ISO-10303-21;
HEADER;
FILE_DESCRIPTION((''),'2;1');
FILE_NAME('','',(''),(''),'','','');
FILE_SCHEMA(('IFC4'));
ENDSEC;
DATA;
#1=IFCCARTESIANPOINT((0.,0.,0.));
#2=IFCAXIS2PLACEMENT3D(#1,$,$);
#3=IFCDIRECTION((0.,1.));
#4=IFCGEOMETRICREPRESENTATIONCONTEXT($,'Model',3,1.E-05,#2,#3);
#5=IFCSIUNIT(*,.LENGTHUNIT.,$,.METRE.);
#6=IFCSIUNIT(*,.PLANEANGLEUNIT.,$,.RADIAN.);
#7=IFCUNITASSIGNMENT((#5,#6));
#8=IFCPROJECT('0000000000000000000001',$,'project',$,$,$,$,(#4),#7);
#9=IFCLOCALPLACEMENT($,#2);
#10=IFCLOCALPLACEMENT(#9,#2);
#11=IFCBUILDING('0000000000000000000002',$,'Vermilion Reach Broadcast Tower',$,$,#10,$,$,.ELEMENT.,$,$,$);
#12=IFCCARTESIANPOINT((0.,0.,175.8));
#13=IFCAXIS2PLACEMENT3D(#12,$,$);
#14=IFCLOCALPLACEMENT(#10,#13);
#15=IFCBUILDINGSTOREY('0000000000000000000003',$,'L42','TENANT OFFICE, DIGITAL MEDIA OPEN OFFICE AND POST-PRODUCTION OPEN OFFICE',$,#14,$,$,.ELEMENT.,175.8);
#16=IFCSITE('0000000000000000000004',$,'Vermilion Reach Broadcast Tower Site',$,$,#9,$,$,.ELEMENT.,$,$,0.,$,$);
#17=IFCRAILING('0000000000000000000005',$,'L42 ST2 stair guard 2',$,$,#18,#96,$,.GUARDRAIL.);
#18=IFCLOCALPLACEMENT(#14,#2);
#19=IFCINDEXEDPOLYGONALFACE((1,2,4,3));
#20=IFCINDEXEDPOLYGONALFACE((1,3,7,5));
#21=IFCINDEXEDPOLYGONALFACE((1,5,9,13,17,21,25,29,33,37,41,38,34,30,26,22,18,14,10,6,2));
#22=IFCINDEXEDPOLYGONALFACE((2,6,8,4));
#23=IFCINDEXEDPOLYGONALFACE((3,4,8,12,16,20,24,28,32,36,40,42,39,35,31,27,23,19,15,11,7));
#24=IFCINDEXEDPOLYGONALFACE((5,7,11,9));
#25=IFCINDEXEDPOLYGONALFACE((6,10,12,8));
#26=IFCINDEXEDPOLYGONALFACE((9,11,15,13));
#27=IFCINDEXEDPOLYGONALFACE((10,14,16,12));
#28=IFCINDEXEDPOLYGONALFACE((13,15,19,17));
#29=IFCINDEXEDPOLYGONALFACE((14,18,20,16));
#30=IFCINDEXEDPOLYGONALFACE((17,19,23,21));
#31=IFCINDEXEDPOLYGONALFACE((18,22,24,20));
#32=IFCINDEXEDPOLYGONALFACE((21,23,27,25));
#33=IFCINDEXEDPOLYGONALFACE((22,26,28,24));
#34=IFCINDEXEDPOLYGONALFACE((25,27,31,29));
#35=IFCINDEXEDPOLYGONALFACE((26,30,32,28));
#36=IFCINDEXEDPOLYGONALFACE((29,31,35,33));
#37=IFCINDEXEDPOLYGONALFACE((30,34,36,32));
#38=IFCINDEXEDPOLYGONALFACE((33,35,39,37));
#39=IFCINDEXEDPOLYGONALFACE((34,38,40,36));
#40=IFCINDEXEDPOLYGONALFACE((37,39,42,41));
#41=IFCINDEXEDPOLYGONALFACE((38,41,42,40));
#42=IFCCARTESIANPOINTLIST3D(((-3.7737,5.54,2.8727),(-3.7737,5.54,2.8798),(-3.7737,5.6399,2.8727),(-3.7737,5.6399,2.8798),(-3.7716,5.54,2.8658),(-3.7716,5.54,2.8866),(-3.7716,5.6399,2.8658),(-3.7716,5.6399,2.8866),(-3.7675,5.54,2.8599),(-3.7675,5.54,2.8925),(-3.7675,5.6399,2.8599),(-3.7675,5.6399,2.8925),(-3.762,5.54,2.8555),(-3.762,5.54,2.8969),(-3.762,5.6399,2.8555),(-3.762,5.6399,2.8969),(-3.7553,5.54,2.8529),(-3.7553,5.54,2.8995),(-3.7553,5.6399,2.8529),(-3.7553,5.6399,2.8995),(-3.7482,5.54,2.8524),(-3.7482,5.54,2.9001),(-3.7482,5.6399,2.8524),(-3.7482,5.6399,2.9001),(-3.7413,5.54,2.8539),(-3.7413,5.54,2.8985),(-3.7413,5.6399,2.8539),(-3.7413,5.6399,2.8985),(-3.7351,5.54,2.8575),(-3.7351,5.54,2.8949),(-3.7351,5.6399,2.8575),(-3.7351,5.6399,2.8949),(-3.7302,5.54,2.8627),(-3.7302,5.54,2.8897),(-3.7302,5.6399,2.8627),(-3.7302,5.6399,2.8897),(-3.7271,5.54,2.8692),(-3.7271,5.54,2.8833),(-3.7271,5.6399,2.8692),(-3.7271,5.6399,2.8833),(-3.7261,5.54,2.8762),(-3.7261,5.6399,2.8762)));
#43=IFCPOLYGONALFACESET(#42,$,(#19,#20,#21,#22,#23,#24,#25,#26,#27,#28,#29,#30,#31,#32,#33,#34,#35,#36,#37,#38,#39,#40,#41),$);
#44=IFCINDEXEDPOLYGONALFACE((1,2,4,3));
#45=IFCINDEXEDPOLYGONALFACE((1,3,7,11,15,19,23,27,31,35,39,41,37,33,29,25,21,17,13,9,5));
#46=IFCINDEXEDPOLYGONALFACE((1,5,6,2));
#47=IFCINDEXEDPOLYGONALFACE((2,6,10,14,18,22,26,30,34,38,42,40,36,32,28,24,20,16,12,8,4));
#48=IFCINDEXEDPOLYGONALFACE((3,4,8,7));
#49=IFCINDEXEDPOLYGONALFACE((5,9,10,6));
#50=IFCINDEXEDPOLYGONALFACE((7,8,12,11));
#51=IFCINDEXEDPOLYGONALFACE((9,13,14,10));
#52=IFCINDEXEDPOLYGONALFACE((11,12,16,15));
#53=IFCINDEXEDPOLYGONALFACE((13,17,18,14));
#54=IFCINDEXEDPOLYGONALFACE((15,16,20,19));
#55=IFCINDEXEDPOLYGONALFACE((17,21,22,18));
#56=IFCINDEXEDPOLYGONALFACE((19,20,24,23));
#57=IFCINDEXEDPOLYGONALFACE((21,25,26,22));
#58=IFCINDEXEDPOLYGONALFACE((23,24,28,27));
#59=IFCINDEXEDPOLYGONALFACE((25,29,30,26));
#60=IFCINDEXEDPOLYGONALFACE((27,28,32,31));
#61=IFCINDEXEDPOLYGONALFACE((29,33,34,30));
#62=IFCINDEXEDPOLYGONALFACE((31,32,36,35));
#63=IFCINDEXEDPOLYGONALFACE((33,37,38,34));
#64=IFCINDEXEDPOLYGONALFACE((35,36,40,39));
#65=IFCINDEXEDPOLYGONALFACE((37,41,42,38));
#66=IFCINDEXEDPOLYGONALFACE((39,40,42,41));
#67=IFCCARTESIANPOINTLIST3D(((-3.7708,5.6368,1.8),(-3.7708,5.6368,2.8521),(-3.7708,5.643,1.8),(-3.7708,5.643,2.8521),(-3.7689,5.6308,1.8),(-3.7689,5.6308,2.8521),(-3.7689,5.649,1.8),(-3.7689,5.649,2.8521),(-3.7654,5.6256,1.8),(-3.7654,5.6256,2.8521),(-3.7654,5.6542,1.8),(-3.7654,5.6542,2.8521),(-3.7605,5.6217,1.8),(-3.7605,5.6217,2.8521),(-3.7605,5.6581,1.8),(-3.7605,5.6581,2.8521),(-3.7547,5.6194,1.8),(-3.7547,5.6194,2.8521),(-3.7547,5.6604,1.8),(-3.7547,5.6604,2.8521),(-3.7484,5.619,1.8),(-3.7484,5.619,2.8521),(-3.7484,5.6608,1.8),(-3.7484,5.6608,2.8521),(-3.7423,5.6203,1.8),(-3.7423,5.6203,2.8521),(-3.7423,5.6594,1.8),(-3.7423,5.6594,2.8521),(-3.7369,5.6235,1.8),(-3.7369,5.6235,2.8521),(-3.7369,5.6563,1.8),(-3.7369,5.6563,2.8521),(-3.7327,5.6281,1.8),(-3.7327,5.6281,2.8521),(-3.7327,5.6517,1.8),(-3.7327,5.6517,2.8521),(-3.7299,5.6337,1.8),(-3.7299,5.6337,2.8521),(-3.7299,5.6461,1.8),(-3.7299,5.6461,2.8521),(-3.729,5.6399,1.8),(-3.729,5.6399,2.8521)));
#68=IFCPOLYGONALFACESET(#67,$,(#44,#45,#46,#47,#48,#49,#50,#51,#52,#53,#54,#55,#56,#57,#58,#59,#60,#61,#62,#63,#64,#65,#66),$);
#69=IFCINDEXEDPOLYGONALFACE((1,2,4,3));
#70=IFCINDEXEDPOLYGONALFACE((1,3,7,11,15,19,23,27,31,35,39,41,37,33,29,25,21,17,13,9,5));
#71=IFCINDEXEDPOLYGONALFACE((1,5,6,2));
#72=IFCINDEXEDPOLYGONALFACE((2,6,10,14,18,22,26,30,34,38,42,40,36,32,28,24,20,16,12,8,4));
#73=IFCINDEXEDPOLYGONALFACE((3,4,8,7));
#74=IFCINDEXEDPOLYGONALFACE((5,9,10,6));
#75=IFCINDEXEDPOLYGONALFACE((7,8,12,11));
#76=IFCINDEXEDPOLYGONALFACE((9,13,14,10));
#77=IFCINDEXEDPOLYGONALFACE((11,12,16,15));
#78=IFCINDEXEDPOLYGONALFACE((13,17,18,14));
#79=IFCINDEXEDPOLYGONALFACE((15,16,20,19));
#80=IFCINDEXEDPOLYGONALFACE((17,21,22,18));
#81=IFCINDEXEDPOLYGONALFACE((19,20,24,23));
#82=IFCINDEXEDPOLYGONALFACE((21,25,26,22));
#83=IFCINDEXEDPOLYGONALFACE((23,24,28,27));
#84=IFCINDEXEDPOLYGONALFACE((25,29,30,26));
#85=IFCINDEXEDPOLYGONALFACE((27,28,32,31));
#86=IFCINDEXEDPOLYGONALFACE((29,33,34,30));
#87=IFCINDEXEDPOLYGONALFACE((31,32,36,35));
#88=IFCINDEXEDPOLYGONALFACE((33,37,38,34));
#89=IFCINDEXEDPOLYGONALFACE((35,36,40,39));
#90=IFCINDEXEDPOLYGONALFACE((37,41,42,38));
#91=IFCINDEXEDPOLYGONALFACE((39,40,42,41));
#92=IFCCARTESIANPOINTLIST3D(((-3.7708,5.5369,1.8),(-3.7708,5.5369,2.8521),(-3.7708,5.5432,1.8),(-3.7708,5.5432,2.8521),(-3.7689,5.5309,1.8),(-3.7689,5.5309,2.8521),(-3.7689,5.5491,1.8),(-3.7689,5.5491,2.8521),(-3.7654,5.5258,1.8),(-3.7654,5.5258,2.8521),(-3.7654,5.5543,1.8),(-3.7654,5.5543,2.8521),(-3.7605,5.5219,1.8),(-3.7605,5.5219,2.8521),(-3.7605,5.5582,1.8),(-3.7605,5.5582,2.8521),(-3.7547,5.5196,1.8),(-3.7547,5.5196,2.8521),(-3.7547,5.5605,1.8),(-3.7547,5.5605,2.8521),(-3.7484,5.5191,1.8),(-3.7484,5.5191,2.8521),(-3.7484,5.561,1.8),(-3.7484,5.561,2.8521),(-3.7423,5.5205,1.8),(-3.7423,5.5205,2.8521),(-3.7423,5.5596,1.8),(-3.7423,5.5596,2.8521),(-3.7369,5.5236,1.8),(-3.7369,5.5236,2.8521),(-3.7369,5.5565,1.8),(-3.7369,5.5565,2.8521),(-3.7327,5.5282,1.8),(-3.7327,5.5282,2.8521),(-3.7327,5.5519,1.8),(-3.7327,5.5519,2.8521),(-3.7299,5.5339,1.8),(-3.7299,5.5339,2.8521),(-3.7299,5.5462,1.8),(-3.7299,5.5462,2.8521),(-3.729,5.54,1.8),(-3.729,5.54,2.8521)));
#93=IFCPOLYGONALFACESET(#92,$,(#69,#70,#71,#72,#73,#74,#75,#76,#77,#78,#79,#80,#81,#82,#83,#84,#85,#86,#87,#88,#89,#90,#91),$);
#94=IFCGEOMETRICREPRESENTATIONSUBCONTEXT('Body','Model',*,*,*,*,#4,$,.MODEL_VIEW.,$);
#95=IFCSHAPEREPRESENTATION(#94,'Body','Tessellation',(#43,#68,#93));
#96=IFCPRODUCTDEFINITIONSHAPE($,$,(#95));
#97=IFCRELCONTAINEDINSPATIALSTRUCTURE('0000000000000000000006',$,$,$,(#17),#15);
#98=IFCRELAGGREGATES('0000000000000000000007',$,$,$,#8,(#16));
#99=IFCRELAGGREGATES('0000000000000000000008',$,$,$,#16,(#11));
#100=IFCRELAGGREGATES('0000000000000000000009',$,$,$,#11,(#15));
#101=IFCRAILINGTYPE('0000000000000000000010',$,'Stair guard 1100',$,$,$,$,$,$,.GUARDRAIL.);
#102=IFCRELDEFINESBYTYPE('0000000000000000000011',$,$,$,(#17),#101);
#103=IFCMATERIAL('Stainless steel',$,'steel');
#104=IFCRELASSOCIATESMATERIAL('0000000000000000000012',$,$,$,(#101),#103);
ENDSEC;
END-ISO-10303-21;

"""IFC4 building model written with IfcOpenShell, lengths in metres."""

from ifc_helpers import new_model, si_unit, direction, frame, origin, origin_2d, place, context, subcontext, project, spatial, circle, extrude, material, type_object, element, save


model = new_model("IFC4")

# Units and contexts
model_context = context("Model", 3, precision=1e-05, world=origin(), true_north=direction((0.0, 1.0)))
body_context = subcontext(model_context, "Body", "Model", "MODEL_VIEW")
ifc_project = project(units=[si_unit("LENGTHUNIT", "METRE"), si_unit("PLANEANGLEUNIT", "RADIAN")], contexts=[model_context])

# Site, building, storey
site_placement = place(None, origin())
site = spatial("IfcSite", under=ifc_project, at=site_placement, Name="Vermilion Reach Broadcast Tower Site", CompositionType="ELEMENT", RefElevation=0.0)
building_placement = place(site_placement, origin())
building = spatial("IfcBuilding", under=site, at=building_placement, Name="Vermilion Reach Broadcast Tower", CompositionType="ELEMENT")
storey_placement = place(building_placement, frame((0.0, 0.0, 175.8)))
storey = spatial("IfcBuildingStorey", under=building, at=storey_placement, Name="L42", Description="TENANT OFFICE, DIGITAL MEDIA OPEN OFFICE AND POST-PRODUCTION OPEN OFFICE", CompositionType="ELEMENT", Elevation=175.8)

# Railing
ifc_material_1 = material(Name="Stainless steel", Category="steel")
railing_type_1 = type_object("IfcRailingType", Name="Stair guard 1100", PredefinedType="GUARDRAIL", material=ifc_material_1)
railing_1_placement = place(storey_placement, frame((-3.75, 5.6399, 1.8)))
element("IfcRailing", 1, at=railing_1_placement, inside=storey, type_object=railing_type_1, Name="L42 ST2 stair guard 2", PredefinedType="GUARDRAIL", context=body_context, shape_type="SweptSolid", body=[
    extrude(circle(Radius=0.0239, at=origin_2d()), frame((0.0, 0.0, 1.0762), z_axis=(0.0, -1.0, 0.0), x_axis=(1.0, 0.0, 0.0)), (0.0, 0.0, 1.0), 0.0999),
    extrude(circle(Radius=0.021, at=origin_2d()), origin(), (0.0, 0.0, 1.0), 1.052),
    extrude(circle(Radius=0.021, at=origin_2d()), frame((0.0, -0.0999, 0.0)), (0.0, 0.0, 1.0), 1.052),
])

save(model, "model.ifc")
